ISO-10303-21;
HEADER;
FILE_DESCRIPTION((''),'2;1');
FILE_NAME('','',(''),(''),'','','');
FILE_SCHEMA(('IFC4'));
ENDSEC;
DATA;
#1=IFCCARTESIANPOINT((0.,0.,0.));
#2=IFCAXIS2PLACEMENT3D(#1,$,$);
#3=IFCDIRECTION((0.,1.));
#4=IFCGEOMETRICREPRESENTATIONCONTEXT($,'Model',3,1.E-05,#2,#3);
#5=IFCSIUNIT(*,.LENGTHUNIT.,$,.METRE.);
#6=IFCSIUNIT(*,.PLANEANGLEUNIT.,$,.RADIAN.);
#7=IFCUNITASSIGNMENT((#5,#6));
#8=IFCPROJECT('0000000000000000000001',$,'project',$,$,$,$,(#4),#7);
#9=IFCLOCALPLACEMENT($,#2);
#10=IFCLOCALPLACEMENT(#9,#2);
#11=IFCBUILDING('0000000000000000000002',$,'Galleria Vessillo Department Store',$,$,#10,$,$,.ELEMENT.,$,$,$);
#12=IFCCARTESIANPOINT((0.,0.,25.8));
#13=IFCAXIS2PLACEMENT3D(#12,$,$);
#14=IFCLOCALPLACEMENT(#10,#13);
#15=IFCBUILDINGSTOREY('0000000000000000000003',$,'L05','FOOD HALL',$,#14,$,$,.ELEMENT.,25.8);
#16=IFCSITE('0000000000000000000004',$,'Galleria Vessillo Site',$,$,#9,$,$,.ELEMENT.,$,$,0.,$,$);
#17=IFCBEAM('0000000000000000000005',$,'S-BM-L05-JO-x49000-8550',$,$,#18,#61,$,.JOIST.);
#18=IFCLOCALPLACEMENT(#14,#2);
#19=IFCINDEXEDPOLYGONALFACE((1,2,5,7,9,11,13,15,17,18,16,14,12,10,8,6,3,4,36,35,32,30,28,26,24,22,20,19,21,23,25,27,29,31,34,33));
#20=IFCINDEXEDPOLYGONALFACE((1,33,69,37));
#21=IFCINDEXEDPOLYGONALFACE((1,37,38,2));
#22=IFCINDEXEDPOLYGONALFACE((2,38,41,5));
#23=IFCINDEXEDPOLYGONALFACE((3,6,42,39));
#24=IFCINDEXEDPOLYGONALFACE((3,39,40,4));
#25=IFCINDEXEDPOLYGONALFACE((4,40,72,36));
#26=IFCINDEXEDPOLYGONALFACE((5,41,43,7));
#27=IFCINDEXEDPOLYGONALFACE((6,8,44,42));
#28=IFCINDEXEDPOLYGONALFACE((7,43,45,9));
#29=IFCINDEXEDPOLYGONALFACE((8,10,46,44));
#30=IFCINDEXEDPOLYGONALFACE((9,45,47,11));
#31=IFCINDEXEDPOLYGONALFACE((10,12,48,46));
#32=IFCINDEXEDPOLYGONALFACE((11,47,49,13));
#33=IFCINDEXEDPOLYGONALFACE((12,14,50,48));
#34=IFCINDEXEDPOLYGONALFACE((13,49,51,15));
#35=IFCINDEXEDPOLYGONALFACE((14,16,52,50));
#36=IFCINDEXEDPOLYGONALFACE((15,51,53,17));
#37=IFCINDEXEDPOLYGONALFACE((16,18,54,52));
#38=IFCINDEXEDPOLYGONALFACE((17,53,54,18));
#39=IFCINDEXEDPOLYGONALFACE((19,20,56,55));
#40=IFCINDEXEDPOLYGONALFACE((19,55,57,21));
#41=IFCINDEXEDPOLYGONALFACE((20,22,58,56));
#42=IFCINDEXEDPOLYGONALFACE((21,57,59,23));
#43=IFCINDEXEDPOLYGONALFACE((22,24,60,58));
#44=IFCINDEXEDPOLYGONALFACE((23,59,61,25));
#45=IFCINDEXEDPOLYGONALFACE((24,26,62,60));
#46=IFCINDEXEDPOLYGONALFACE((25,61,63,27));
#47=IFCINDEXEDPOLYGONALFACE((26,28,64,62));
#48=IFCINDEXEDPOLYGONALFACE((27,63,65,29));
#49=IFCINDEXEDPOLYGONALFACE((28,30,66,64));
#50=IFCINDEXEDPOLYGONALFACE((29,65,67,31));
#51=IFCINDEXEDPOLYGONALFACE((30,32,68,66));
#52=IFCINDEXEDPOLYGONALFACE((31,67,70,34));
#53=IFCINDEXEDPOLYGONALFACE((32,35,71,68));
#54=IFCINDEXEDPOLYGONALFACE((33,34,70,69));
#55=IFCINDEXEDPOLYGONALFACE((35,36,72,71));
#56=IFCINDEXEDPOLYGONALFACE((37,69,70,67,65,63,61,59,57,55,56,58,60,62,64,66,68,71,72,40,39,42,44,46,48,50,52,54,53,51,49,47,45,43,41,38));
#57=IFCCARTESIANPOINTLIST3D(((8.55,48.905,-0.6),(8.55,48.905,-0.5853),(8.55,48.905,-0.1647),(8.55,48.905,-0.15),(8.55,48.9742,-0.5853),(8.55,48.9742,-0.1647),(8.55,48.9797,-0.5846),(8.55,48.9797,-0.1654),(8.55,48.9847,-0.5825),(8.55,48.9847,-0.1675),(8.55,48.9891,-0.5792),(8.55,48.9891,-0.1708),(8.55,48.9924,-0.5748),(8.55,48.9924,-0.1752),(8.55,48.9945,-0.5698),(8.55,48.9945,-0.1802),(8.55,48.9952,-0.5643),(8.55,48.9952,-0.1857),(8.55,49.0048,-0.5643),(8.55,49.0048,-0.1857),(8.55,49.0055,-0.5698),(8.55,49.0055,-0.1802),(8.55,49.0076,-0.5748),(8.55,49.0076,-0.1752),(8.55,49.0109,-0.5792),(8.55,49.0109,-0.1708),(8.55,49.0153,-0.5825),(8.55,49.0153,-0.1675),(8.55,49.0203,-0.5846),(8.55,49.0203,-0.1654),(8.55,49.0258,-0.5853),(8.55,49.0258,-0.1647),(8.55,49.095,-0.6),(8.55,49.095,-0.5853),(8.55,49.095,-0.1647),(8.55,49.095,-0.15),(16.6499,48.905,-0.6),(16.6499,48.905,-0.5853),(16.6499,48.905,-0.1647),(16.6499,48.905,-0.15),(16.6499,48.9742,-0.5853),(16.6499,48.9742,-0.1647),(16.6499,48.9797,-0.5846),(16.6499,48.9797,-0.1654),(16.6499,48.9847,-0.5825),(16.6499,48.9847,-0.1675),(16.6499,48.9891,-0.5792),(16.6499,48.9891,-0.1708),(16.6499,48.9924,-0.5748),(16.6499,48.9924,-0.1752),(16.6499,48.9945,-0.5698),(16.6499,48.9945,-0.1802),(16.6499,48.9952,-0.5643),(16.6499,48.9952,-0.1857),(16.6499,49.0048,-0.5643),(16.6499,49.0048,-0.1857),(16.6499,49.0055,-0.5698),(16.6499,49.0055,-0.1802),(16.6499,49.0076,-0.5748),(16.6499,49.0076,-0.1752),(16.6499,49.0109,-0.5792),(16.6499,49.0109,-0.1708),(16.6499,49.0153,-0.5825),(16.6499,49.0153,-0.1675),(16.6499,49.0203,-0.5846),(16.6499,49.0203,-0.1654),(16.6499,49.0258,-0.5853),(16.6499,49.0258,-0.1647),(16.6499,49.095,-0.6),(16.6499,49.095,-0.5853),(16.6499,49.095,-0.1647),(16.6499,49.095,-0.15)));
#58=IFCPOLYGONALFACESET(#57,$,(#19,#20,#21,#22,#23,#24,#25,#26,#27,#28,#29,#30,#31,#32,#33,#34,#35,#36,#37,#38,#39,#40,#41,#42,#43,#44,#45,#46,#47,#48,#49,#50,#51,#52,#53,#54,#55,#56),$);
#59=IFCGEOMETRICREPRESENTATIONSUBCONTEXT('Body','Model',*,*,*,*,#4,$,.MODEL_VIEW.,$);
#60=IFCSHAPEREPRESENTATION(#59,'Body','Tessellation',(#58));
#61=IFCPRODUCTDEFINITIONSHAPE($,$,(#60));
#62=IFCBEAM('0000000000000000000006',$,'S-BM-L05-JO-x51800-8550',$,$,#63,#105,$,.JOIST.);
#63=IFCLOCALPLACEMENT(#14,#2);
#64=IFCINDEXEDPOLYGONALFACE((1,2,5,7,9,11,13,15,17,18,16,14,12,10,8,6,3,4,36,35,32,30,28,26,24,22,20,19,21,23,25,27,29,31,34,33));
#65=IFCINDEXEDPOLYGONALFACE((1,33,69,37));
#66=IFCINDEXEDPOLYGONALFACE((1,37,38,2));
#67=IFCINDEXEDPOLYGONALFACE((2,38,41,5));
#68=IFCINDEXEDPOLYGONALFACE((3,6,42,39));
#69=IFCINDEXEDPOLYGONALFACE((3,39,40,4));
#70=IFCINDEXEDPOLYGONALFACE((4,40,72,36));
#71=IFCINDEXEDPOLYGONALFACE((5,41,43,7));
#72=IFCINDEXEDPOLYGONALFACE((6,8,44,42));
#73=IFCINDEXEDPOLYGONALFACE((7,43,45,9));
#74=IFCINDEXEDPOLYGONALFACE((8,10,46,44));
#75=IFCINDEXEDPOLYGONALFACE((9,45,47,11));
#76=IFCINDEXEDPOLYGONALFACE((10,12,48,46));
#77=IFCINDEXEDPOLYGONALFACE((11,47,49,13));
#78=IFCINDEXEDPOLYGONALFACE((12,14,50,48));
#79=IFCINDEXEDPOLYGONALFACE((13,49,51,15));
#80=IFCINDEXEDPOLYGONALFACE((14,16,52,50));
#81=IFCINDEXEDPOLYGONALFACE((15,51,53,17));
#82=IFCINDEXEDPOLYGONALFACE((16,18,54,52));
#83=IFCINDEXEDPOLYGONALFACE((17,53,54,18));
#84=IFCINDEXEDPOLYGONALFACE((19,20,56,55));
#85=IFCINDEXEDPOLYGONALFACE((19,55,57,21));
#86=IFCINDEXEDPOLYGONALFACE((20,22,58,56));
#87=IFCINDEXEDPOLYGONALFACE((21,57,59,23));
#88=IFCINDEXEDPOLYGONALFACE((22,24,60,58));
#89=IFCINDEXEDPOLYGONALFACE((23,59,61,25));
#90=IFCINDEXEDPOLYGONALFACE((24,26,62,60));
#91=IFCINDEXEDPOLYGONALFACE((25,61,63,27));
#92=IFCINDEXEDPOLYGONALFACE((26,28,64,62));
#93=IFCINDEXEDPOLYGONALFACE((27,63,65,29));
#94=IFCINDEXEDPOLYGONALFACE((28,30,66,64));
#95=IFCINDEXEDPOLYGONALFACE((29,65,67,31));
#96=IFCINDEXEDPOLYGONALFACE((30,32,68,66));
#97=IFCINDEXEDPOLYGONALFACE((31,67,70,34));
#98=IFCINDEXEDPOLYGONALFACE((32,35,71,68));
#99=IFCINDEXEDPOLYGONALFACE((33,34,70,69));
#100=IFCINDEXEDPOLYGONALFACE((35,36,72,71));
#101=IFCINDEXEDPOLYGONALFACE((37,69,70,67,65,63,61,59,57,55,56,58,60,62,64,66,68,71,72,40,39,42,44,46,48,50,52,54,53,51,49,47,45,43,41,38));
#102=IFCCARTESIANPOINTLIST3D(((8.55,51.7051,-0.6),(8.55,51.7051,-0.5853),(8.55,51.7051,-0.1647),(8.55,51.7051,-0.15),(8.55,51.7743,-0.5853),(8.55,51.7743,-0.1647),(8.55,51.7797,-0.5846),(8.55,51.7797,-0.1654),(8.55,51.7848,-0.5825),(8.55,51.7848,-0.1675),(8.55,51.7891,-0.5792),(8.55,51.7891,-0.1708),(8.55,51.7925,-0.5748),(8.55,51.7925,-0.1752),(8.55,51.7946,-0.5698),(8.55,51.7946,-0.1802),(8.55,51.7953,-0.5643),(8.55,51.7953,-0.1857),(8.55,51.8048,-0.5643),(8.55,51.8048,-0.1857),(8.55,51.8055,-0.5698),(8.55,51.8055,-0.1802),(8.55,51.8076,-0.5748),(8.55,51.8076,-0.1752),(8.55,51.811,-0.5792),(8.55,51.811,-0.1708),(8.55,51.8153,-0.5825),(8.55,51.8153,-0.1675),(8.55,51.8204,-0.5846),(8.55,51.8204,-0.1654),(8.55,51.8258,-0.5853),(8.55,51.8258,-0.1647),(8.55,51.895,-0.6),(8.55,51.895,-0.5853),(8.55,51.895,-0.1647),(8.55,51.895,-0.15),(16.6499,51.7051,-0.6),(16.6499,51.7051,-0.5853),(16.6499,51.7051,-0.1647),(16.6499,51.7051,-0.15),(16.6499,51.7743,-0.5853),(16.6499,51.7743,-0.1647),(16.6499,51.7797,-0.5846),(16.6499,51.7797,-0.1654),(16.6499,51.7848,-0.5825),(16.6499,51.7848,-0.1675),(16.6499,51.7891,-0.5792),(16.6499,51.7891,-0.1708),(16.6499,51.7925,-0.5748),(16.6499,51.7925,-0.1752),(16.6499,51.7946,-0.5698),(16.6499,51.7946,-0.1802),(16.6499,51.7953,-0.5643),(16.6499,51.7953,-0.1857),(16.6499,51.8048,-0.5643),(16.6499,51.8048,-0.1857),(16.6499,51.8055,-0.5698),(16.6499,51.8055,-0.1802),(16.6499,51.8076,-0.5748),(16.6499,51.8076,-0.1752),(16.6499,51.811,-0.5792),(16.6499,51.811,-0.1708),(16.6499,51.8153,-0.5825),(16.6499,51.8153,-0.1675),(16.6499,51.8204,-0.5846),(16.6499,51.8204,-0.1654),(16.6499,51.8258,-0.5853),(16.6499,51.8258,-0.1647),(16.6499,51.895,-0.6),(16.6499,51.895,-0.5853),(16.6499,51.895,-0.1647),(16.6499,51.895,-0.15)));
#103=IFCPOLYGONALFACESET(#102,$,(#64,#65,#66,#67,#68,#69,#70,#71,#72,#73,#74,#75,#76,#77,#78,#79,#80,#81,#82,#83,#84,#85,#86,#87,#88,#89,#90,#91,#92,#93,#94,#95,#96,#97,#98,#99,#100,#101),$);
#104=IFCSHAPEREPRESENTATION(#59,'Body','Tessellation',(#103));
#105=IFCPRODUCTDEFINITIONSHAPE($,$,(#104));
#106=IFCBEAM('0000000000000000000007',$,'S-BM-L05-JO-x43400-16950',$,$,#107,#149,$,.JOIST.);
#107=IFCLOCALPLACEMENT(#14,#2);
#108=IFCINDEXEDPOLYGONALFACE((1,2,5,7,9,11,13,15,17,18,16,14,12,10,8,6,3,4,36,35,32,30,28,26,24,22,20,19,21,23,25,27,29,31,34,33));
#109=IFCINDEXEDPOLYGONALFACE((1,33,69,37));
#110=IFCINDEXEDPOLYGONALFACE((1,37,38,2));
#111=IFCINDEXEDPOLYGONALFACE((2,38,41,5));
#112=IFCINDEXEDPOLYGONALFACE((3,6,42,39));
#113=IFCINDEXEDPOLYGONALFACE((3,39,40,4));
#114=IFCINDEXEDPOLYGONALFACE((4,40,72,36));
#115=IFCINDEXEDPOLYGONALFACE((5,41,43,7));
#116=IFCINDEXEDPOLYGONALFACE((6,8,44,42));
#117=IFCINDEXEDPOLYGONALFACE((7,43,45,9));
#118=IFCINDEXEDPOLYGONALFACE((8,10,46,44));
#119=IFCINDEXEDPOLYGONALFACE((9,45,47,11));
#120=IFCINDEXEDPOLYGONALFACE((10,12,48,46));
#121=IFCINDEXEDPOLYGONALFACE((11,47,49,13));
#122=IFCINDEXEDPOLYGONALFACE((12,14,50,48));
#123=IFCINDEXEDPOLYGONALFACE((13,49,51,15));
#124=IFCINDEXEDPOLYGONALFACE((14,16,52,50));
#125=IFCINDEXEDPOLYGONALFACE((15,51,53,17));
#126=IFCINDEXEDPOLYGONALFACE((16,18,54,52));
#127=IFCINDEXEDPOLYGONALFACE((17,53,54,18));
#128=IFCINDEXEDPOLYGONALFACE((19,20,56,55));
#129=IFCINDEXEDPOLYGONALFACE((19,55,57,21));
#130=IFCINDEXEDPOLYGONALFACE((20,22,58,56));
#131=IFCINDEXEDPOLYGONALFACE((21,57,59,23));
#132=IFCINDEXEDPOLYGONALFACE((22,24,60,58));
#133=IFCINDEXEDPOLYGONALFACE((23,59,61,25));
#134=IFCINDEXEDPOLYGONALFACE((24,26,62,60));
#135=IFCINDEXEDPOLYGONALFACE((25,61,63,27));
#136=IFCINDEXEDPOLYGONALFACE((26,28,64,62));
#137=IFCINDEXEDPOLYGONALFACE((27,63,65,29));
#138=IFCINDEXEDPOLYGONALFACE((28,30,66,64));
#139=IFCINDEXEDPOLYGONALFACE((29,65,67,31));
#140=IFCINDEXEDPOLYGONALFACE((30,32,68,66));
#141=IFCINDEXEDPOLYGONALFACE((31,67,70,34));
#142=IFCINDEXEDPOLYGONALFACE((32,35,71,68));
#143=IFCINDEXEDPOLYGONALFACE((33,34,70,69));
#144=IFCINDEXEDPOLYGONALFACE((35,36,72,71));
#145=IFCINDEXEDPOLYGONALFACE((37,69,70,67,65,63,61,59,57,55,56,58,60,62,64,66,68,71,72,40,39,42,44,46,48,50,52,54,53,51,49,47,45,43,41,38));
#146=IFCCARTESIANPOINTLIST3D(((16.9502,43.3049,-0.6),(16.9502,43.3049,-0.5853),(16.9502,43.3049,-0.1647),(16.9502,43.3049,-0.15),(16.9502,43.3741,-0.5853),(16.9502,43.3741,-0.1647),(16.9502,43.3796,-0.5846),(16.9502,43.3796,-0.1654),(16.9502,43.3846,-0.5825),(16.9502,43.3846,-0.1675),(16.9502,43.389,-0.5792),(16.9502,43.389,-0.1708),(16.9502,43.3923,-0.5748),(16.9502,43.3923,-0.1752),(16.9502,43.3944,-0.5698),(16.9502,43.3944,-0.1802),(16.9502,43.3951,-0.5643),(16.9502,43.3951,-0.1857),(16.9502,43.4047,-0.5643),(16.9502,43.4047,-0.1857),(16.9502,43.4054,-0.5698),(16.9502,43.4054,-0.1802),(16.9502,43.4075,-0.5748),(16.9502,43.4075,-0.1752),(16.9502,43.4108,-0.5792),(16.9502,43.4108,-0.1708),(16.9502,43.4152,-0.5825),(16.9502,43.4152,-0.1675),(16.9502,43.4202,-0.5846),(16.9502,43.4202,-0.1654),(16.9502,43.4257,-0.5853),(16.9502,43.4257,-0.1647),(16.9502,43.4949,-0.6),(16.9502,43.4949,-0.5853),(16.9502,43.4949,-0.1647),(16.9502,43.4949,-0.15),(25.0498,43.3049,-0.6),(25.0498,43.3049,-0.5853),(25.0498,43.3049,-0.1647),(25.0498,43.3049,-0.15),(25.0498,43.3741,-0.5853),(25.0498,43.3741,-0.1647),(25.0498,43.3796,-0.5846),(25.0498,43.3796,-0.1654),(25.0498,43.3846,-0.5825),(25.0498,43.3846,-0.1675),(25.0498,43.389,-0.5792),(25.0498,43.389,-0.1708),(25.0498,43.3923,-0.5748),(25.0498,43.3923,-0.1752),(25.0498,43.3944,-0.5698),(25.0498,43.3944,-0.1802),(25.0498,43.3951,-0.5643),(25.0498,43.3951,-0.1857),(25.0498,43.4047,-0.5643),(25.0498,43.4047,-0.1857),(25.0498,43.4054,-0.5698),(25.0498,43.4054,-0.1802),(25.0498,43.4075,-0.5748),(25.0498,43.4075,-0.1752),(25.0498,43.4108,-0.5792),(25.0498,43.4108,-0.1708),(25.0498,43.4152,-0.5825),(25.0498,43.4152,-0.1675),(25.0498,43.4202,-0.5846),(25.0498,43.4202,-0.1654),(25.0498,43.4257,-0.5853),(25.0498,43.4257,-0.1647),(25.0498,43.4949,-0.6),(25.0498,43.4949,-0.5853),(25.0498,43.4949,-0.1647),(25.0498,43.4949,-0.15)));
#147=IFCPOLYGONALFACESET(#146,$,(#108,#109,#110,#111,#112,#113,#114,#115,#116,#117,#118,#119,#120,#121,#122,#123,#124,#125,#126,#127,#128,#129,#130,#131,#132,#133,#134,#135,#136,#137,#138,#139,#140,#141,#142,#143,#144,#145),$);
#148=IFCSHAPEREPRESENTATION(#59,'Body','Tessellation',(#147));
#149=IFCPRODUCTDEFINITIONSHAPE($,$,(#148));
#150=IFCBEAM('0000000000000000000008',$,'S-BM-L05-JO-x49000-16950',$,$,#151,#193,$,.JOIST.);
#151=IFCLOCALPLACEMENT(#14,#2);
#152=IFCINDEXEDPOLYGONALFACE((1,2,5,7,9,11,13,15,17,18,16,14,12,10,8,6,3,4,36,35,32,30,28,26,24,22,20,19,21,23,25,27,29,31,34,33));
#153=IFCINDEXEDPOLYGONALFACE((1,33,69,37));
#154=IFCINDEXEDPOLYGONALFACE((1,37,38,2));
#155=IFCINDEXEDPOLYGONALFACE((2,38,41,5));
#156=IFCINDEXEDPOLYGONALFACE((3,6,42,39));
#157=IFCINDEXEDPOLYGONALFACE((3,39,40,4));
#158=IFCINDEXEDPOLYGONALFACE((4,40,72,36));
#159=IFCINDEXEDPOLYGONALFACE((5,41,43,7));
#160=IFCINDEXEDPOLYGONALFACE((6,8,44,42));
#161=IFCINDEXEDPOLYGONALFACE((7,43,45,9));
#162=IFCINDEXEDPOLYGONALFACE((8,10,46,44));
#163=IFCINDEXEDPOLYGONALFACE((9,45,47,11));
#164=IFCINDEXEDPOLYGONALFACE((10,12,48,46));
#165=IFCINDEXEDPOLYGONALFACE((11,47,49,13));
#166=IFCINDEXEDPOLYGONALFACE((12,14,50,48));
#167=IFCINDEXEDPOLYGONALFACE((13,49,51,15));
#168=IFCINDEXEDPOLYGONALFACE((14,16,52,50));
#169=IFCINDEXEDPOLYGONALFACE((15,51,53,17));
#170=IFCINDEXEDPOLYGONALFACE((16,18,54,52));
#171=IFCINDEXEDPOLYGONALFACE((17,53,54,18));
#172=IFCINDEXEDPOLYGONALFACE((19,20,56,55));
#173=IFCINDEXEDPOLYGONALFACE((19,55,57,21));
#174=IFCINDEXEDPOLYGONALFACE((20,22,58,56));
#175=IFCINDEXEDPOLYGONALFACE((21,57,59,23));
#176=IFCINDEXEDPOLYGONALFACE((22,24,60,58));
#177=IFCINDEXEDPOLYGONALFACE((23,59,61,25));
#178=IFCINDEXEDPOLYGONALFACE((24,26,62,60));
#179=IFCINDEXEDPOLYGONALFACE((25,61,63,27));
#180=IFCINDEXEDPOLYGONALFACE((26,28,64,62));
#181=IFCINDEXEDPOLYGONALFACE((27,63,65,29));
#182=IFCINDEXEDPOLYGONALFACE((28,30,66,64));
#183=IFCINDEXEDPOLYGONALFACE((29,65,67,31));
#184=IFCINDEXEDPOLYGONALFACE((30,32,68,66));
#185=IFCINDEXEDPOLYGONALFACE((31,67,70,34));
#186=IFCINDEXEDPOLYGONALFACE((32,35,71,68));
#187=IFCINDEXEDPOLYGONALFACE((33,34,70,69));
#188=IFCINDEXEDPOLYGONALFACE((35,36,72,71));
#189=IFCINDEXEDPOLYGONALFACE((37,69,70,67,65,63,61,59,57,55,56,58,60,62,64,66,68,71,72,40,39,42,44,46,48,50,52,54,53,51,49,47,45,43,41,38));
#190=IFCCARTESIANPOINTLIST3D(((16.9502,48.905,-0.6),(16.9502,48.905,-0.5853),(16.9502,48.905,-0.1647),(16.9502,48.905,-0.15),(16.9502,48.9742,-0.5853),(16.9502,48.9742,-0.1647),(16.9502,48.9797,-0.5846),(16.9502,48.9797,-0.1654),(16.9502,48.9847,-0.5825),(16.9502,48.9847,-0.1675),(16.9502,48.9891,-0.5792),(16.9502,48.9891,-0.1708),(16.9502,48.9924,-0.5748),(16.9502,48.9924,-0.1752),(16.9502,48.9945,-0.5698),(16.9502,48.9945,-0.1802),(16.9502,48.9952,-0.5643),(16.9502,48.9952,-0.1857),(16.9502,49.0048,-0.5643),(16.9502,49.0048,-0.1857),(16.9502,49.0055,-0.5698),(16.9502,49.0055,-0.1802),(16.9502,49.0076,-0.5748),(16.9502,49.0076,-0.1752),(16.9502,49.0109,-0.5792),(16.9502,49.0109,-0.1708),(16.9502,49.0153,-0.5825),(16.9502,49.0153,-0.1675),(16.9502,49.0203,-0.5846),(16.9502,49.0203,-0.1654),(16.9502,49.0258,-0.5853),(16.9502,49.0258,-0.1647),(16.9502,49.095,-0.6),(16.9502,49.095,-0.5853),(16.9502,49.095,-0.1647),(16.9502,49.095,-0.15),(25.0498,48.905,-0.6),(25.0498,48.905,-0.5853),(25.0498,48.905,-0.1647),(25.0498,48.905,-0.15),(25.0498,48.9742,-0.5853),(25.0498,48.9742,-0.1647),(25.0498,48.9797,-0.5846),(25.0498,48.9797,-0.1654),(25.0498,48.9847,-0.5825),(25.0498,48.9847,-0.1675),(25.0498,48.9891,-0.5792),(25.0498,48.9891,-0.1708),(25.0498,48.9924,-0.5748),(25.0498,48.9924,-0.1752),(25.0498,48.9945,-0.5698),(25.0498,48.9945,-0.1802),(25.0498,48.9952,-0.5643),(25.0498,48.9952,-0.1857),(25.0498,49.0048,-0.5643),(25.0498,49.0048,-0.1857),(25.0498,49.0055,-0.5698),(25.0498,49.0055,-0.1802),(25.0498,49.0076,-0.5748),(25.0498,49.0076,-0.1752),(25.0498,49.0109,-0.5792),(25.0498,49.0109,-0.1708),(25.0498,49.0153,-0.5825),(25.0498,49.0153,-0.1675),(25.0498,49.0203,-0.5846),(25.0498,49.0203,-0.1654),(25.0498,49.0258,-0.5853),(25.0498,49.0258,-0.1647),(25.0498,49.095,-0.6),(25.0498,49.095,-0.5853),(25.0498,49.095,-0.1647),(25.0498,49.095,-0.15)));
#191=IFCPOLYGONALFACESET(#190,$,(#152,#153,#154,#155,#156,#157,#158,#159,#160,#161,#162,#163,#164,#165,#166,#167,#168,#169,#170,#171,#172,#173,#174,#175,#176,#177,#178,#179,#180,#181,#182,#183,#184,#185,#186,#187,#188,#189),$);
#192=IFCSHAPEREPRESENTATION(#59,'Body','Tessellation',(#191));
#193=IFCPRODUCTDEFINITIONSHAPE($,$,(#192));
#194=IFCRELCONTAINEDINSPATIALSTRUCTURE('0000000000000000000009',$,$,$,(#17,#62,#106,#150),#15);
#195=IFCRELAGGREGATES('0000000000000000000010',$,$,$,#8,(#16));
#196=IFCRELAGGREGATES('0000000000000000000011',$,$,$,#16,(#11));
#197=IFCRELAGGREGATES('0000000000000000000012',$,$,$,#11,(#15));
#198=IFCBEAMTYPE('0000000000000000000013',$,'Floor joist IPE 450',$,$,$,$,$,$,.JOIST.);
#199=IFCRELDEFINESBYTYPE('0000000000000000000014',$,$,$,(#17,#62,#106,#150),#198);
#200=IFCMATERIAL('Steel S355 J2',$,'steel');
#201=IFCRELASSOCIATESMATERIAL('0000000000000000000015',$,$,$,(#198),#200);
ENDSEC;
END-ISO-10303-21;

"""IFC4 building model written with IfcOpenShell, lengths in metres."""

from ifc_helpers import new_model, si_unit, direction, frame, origin, origin_2d, place, context, subcontext, project, spatial, i_section, extrude, material, material_profile, profile_set, type_object, element, save


model = new_model("IFC4")

# Units and contexts
model_context = context("Model", 3, precision=1e-05, world=origin(), true_north=direction((0.0, 1.0)))
body_context = subcontext(model_context, "Body", "Model", "MODEL_VIEW")
ifc_project = project(units=[si_unit("LENGTHUNIT", "METRE"), si_unit("PLANEANGLEUNIT", "RADIAN")], contexts=[model_context])

# Site, building, storey
site_placement = place(None, origin())
site = spatial("IfcSite", under=ifc_project, at=site_placement, Name="Galleria Vessillo Site", CompositionType="ELEMENT", RefElevation=0.0)
building_placement = place(site_placement, origin())
building = spatial("IfcBuilding", under=site, at=building_placement, Name="Galleria Vessillo Department Store", CompositionType="ELEMENT")
storey_placement = place(building_placement, frame((0.0, 0.0, 25.8)))
storey = spatial("IfcBuildingStorey", under=building, at=storey_placement, Name="L05", Description="FOOD HALL", CompositionType="ELEMENT", Elevation=25.8)

# Beams
ifc_material_1 = material(Name="Steel S355 J2", Category="steel")
ifc_material_profile_1 = material_profile(ifc_material_1, i_section(OverallWidth=0.1899, OverallDepth=0.45, WebThickness=0.0095, FlangeThickness=0.0146, FilletRadius=0.021, at=origin_2d()), Name="IPE 450")
ifc_profile_set_1 = profile_set([ifc_material_profile_1], Name="Steel S355 J2")
beam_type_1 = type_object("IfcBeamType", Name="Floor joist IPE 450", PredefinedType="JOIST", material=ifc_profile_set_1)
for number, where, z_axis, x_axis, name in (
    (1, (8.55, 49.0, -0.375), (1.0, 0.0, 0.0), (0.0, 1.0, 0.0), "S-BM-L05-JO-x49000-8550"),
    (2, (8.55, 51.8, -0.375), (1.0, 0.0, 0.0), (0.0, 1.0, 0.0), "S-BM-L05-JO-x51800-8550"),
):
    element("IfcBeam", number, at=place(storey_placement, frame(where, z_axis=z_axis, x_axis=x_axis)), inside=storey, type_object=beam_type_1, Name=name, PredefinedType="JOIST", context=body_context, shape_type="SweptSolid", body=[
        extrude(i_section(OverallWidth=0.1899, OverallDepth=0.45, WebThickness=0.0095, FlangeThickness=0.0146, FilletRadius=0.021, at=origin_2d()), origin(), (0.0, 0.0, 1.0), 8.0999),
    ])
for number, where, z_axis, x_axis, name in (
    (3, (16.9502, 43.3999, -0.375), (1.0, 0.0, 0.0), (0.0, 1.0, 0.0), "S-BM-L05-JO-x43400-16950"),
    (4, (16.9502, 49.0, -0.375), (1.0, 0.0, 0.0), (0.0, 1.0, 0.0), "S-BM-L05-JO-x49000-16950"),
):
    element("IfcBeam", number, at=place(storey_placement, frame(where, z_axis=z_axis, x_axis=x_axis)), inside=storey, type_object=beam_type_1, Name=name, PredefinedType="JOIST", context=body_context, shape_type="SweptSolid", body=[
        extrude(i_section(OverallWidth=0.1899, OverallDepth=0.45, WebThickness=0.0095, FlangeThickness=0.0146, FilletRadius=0.021, at=origin_2d()), origin(), (0.0, 0.0, 1.0), 8.0996),
    ])

save(model, "model.ifc")
